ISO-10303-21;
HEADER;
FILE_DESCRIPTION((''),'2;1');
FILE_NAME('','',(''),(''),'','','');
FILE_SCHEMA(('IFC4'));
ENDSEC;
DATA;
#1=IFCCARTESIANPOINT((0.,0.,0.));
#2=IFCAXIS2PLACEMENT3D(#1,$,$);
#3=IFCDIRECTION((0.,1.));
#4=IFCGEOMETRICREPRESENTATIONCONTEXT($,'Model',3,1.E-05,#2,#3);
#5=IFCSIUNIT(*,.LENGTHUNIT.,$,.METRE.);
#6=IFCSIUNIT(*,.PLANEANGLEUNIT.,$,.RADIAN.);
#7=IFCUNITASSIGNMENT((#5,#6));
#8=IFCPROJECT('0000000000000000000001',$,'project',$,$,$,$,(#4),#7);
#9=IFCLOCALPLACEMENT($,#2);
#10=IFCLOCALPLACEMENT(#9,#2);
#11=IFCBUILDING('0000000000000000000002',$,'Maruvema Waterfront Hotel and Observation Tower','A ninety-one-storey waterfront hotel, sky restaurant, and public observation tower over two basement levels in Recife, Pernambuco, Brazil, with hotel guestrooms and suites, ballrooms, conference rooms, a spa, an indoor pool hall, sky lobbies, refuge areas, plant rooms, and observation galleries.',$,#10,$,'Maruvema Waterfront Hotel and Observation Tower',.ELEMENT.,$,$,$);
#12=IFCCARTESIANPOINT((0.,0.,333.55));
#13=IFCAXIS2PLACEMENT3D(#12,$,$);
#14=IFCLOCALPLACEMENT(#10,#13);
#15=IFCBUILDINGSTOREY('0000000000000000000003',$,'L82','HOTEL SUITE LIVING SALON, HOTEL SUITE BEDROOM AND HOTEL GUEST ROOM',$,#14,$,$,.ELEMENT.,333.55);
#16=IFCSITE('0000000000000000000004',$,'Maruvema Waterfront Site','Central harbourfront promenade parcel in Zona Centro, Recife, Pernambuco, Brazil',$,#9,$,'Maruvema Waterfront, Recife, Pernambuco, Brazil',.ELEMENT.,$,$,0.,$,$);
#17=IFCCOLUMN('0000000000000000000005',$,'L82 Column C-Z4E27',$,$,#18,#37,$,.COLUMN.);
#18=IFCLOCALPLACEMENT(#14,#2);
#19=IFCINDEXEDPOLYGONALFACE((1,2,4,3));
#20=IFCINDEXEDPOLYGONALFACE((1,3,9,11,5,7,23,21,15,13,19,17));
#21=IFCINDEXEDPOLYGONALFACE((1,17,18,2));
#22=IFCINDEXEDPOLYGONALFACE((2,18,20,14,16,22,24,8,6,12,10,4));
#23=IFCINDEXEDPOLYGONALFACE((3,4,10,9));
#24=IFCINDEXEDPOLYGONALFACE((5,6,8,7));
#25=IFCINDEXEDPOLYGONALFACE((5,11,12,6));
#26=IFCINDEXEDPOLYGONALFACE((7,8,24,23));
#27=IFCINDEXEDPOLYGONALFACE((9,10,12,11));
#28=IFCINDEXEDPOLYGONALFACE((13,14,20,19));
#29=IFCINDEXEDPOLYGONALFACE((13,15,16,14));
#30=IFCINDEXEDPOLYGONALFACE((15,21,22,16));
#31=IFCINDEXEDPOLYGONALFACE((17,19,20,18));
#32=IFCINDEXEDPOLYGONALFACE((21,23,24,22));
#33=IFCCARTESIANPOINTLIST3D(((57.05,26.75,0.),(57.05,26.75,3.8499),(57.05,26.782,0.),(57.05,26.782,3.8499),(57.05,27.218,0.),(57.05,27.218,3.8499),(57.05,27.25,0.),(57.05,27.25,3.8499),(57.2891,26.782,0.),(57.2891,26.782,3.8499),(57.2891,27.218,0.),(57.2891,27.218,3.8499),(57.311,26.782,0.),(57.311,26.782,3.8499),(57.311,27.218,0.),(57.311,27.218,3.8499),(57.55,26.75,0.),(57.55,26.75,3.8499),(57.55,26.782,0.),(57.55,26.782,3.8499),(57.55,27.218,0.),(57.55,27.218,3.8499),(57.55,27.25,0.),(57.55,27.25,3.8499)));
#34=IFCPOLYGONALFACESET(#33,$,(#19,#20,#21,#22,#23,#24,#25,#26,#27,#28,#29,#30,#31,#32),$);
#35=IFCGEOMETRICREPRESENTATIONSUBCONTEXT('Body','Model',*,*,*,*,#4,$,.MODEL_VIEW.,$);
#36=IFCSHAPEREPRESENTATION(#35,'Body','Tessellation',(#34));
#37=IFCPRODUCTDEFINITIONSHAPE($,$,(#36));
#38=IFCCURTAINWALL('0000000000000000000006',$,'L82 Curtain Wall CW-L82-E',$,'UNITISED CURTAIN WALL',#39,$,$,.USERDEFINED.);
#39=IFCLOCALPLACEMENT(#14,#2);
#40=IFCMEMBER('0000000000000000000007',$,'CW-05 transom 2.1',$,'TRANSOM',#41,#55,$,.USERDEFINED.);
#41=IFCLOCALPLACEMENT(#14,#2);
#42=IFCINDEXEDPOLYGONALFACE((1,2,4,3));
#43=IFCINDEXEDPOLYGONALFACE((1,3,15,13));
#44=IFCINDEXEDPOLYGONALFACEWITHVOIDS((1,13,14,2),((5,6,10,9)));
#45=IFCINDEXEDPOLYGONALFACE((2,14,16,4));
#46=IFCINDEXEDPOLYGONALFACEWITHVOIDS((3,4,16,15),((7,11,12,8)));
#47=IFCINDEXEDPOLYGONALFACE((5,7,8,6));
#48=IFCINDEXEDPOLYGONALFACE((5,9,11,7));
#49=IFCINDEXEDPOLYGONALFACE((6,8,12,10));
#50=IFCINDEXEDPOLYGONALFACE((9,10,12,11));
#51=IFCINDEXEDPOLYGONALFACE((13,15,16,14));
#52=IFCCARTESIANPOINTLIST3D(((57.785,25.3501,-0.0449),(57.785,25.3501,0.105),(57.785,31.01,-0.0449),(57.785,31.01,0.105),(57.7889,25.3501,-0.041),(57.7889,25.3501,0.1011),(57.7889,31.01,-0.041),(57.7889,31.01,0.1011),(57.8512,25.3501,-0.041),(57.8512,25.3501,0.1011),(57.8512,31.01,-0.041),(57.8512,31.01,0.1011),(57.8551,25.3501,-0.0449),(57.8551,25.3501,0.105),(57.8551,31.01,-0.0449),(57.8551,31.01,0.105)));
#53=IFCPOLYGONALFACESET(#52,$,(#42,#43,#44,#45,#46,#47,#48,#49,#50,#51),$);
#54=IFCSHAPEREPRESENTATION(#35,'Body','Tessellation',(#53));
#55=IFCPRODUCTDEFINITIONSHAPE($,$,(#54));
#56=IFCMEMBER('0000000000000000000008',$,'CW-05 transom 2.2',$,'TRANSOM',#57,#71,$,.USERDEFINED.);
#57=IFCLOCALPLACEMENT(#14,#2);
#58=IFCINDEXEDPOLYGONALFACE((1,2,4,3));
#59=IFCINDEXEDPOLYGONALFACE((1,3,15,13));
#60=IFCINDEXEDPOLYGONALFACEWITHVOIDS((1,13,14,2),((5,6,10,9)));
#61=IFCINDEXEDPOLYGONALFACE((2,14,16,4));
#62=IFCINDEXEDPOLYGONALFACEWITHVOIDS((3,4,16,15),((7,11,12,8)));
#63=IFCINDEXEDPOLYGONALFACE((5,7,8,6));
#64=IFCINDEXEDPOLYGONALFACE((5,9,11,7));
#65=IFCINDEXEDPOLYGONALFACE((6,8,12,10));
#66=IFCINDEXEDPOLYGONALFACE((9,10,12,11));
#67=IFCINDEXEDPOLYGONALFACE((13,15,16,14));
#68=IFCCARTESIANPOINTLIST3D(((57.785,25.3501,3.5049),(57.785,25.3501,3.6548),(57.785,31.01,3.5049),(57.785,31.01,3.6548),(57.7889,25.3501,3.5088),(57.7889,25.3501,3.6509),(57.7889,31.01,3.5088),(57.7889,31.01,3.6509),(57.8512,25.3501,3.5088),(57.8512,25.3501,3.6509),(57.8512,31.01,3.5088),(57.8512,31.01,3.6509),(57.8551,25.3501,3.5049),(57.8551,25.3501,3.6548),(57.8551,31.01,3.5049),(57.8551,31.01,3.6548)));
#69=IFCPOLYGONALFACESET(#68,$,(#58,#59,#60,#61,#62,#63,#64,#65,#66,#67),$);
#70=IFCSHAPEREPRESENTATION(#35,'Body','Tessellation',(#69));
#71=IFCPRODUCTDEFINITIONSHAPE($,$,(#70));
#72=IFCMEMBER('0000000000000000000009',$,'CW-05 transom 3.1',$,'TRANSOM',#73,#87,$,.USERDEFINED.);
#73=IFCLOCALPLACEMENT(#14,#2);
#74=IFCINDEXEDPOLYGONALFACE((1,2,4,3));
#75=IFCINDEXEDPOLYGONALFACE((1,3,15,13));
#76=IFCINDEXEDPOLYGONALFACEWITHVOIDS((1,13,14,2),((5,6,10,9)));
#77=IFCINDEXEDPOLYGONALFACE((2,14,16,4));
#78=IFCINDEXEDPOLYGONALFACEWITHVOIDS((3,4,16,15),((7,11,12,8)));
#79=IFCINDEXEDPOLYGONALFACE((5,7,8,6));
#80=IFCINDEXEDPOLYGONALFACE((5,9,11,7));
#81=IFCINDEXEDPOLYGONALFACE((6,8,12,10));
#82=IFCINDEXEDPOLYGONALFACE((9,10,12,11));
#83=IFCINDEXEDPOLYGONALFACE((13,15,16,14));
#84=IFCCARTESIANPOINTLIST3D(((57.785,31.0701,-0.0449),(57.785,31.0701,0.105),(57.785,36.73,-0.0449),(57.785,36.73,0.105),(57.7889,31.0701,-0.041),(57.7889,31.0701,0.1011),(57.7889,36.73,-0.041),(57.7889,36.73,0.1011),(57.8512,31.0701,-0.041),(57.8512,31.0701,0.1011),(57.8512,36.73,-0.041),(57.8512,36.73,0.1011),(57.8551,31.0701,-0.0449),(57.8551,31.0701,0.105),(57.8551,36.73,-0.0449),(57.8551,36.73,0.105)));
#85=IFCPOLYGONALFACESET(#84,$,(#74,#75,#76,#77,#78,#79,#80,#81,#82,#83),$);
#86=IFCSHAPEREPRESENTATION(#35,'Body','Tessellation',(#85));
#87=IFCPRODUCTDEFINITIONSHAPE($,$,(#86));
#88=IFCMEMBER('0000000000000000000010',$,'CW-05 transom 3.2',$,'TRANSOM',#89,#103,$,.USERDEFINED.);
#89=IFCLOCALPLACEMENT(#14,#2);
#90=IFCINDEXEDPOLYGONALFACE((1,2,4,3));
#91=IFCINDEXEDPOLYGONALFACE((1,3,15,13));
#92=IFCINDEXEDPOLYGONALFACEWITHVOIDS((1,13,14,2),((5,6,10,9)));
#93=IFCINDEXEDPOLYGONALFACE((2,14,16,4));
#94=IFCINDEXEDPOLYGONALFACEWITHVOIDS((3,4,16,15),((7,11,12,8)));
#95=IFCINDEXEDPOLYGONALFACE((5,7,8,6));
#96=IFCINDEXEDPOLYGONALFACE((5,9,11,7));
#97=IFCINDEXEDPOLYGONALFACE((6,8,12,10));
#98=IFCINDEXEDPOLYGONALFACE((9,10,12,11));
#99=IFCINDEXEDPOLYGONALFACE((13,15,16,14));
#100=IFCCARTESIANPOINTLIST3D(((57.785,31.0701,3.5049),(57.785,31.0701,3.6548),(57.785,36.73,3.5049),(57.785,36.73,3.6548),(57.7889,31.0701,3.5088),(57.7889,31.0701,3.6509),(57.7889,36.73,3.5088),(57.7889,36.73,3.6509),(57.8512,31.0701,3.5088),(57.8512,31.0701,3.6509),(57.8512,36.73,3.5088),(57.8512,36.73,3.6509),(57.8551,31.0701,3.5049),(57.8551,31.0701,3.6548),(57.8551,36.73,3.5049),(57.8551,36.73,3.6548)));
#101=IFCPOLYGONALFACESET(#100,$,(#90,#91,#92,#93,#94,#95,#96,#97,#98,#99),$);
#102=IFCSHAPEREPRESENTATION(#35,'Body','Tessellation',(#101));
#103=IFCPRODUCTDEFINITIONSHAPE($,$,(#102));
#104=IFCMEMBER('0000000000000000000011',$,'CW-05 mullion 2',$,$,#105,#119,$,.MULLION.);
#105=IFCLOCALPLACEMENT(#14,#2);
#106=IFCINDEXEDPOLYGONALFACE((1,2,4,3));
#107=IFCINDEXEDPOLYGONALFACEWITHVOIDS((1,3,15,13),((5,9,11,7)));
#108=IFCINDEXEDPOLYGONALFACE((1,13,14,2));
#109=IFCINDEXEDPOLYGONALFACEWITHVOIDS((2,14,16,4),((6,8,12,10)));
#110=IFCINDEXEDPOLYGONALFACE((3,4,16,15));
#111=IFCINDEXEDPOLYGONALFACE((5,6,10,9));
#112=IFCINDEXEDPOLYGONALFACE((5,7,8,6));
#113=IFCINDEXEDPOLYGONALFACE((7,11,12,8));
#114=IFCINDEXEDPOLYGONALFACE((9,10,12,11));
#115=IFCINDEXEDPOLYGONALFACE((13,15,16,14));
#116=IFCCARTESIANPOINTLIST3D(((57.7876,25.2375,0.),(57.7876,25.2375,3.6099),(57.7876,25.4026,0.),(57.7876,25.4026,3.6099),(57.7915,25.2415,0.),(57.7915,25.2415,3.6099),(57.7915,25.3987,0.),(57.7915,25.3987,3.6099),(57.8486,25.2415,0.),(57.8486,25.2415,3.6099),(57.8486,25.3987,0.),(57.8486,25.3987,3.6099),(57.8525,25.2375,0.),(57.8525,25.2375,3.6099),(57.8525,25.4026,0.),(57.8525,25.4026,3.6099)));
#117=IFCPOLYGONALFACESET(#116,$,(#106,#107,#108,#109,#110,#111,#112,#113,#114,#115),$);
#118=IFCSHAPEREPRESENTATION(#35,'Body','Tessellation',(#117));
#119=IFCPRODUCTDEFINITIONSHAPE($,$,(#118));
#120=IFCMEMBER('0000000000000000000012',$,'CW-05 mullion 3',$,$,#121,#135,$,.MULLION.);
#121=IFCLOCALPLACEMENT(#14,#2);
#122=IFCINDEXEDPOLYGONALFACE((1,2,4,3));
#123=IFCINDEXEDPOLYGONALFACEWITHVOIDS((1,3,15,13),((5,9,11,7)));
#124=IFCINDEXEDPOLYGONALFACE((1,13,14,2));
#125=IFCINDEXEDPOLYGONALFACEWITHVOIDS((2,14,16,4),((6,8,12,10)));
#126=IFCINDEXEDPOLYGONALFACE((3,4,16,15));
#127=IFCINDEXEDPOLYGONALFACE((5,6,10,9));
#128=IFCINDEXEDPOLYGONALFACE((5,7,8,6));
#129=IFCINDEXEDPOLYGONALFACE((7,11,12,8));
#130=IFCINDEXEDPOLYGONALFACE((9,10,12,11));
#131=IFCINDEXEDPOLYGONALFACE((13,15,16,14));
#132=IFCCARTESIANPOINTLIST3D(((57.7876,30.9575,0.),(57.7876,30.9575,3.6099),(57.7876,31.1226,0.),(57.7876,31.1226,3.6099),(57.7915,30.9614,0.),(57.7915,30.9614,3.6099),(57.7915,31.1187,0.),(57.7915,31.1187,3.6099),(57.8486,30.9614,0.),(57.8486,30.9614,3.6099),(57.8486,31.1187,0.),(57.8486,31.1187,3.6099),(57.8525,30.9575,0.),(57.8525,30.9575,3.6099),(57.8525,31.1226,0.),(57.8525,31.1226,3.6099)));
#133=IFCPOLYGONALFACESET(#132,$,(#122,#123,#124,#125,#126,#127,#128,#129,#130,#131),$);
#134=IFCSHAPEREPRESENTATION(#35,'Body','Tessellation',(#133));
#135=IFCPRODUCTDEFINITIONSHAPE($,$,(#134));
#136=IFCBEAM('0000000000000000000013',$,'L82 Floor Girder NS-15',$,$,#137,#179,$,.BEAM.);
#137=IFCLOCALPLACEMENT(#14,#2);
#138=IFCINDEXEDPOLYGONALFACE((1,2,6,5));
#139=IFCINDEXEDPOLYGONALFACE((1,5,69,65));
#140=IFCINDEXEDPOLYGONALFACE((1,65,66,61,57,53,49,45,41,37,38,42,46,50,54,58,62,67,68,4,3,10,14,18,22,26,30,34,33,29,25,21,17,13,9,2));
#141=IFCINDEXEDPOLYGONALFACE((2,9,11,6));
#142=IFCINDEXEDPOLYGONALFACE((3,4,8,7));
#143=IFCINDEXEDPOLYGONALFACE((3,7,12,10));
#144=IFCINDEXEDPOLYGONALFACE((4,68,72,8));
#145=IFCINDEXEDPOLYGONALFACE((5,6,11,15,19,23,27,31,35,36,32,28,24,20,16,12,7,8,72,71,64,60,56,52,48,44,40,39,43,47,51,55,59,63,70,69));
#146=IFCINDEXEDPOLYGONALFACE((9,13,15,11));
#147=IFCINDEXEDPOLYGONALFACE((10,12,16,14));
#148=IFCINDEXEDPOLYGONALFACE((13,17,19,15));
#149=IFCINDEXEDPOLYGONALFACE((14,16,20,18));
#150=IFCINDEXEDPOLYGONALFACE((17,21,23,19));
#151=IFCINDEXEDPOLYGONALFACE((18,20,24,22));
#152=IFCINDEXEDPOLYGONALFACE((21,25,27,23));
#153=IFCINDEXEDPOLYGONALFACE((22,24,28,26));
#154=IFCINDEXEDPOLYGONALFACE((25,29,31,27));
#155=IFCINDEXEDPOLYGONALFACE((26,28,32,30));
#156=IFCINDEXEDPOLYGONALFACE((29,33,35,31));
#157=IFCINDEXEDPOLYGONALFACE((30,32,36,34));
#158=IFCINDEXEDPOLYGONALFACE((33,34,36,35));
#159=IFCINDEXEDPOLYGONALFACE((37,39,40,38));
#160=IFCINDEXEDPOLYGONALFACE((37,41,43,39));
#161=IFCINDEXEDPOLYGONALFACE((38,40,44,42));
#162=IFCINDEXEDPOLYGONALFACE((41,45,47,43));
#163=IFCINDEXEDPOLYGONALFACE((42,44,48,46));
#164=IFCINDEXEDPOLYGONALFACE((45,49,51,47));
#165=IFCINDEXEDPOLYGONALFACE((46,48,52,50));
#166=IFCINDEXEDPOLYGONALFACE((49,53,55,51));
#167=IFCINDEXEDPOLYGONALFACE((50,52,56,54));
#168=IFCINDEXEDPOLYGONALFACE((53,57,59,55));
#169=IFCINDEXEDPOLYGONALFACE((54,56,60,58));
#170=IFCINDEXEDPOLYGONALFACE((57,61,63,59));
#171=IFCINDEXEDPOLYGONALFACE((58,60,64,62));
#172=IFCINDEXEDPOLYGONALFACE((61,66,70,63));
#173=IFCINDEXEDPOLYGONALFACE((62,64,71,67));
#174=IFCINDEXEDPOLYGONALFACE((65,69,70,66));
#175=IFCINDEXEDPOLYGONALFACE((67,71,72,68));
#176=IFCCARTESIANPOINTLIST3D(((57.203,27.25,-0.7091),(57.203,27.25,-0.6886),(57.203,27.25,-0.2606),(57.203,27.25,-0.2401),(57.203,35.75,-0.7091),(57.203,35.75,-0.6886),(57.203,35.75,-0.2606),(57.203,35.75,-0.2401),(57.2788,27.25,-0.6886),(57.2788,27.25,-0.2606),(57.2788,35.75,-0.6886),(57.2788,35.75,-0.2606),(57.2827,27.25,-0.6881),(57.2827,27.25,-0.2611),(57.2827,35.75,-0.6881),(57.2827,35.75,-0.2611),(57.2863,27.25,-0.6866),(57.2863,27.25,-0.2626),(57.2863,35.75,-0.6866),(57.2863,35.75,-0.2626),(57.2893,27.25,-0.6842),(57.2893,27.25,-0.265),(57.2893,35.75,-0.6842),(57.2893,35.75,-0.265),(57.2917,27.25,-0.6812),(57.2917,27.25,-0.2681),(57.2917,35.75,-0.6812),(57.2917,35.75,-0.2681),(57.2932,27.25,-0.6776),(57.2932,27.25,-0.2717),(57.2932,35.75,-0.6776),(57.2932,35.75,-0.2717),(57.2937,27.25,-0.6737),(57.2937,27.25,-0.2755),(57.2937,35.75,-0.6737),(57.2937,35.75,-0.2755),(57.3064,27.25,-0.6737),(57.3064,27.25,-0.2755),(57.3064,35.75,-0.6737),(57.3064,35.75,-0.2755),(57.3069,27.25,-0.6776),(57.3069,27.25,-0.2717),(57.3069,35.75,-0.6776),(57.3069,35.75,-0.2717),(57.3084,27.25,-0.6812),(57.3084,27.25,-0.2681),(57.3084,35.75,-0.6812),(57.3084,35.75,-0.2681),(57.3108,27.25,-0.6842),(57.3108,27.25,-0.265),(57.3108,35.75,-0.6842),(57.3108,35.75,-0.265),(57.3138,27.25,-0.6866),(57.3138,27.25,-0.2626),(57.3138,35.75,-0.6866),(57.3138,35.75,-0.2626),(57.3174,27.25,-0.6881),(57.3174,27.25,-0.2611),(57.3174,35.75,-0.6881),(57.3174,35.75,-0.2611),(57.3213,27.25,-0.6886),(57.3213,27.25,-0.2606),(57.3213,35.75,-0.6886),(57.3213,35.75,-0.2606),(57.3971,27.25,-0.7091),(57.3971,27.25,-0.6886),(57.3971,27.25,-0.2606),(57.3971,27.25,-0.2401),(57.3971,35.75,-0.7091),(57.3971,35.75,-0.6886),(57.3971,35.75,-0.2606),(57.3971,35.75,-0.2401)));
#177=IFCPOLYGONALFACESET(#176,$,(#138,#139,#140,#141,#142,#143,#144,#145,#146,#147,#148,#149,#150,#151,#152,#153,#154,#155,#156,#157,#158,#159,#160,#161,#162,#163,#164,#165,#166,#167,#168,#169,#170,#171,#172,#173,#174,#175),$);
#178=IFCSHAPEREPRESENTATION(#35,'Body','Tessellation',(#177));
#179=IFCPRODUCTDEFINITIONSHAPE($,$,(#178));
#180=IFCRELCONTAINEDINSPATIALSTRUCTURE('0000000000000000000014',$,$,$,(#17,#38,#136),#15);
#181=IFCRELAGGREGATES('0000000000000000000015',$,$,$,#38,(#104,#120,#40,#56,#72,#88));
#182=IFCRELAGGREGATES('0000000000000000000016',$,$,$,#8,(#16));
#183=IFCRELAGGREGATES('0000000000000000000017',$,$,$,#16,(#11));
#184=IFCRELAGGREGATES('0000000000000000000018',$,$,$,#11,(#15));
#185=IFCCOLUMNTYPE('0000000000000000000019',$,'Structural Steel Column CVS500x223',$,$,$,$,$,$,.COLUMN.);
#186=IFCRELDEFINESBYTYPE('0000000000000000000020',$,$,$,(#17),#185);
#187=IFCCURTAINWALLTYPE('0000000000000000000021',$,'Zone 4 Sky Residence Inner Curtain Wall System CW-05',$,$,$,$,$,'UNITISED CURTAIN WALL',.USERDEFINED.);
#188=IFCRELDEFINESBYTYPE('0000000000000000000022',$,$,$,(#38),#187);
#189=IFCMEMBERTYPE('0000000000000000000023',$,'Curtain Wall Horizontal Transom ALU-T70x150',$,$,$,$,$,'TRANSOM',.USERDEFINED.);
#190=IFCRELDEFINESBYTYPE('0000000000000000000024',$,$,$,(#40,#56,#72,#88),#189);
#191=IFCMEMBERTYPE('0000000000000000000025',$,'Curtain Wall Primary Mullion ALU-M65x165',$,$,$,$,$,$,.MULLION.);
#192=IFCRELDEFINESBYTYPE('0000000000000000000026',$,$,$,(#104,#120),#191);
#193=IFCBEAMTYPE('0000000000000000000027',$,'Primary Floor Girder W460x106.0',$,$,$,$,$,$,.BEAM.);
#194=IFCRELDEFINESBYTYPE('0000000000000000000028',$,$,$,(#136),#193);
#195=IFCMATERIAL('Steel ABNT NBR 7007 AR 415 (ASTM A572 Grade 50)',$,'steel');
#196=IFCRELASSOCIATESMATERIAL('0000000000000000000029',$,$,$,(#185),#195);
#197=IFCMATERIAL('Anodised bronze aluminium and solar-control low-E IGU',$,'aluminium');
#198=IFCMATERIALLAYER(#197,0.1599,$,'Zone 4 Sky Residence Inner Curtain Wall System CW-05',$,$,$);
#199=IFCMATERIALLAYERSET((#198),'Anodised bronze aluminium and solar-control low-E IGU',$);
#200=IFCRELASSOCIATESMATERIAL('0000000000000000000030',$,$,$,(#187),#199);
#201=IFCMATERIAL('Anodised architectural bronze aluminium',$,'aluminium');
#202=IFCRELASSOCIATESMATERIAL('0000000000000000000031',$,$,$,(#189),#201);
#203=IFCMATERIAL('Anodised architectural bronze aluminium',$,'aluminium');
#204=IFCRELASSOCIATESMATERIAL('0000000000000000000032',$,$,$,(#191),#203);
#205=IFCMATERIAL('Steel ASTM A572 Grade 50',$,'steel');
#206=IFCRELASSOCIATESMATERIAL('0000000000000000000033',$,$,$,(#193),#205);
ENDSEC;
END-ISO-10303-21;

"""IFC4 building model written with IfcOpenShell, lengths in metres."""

from ifc_helpers import new_model, si_unit, direction, frame, origin, origin_2d, place, context, subcontext, project, spatial, hollow_rectangle, i_section, extrude, material, layer, layer_set, material_profile, profile_set, type_object, element, aggregate, save


model = new_model("IFC4")

# Units and contexts
model_context = context("Model", 3, precision=1e-05, world=origin(), true_north=direction((0.0, 1.0)))
body_context = subcontext(model_context, "Body", "Model", "MODEL_VIEW")
ifc_project = project(units=[si_unit("LENGTHUNIT", "METRE"), si_unit("PLANEANGLEUNIT", "RADIAN")], contexts=[model_context])

# Site, building, storey
site_placement = place(None, origin())
site = spatial("IfcSite", under=ifc_project, at=site_placement, Name="Maruvema Waterfront Site", Description="Central harbourfront promenade parcel in Zona Centro, Recife, Pernambuco, Brazil", LongName="Maruvema Waterfront, Recife, Pernambuco, Brazil", CompositionType="ELEMENT", RefElevation=0.0)
building_placement = place(site_placement, origin())
building = spatial("IfcBuilding", under=site, at=building_placement, Name="Maruvema Waterfront Hotel and Observation Tower", Description="A ninety-one-storey waterfront hotel, sky restaurant, and public observation tower over two basement levels in Recife, Pernambuco, Brazil, with hotel guestrooms and suites, ballrooms, conference rooms, a spa, an indoor pool hall, sky lobbies, refuge areas, plant rooms, and observation galleries.", LongName="Maruvema Waterfront Hotel and Observation Tower", CompositionType="ELEMENT")
storey_placement = place(building_placement, frame((0.0, 0.0, 333.55)))
storey = spatial("IfcBuildingStorey", under=building, at=storey_placement, Name="L82", Description="HOTEL SUITE LIVING SALON, HOTEL SUITE BEDROOM AND HOTEL GUEST ROOM", CompositionType="ELEMENT", Elevation=333.55)

# Column
ifc_material_1 = material(Name="Steel ABNT NBR 7007 AR 415 (ASTM A572 Grade 50)", Category="steel")
ifc_material_profile_1 = material_profile(ifc_material_1, i_section(OverallWidth=0.5, OverallDepth=0.5, WebThickness=0.022, FlangeThickness=0.032, at=origin_2d()), Name="CVS500x223")
ifc_profile_set_1 = profile_set([ifc_material_profile_1], Name="Steel ABNT NBR 7007 AR 415 (ASTM A572 Grade 50)")
column_type = type_object("IfcColumnType", Name="Structural Steel Column CVS500x223", PredefinedType="COLUMN", material=ifc_profile_set_1)
column_placement = place(storey_placement, frame((57.3, 27.0, 0.0), z_axis=(0.0, 0.0, 1.0), x_axis=(1.0, 0.0, 0.0)))
element("IfcColumn", 1, at=column_placement, inside=storey, type_object=column_type, Name="L82 Column C-Z4E27", PredefinedType="COLUMN", context=body_context, shape_type="SweptSolid", body=[
    extrude(i_section(OverallWidth=0.5, OverallDepth=0.5, WebThickness=0.022, FlangeThickness=0.032, at=origin_2d()), origin(), (0.0, 0.0, 1.0), 3.8499),
])

# Curtain wall, members
ifc_material_2 = material(Name="Anodised bronze aluminium and solar-control low-E IGU", Category="aluminium")
ifc_layer_1 = layer(ifc_material_2, 0.1599, Name="Zone 4 Sky Residence Inner Curtain Wall System CW-05")
ifc_layer_set_1 = layer_set([ifc_layer_1], Name="Anodised bronze aluminium and solar-control low-E IGU")
curtain_wall_type = type_object("IfcCurtainWallType", Name="Zone 4 Sky Residence Inner Curtain Wall System CW-05", ElementType="UNITISED CURTAIN WALL", PredefinedType="USERDEFINED", material=ifc_layer_set_1)
curtain_wall_placement = place(storey_placement, origin())
curtain_wall = element("IfcCurtainWall", 2, at=curtain_wall_placement, inside=storey, type_object=curtain_wall_type, Name="L82 Curtain Wall CW-L82-E", ObjectType="UNITISED CURTAIN WALL", PredefinedType="USERDEFINED")
ifc_material_3 = material(Name="Anodised architectural bronze aluminium", Category="aluminium")
ifc_material_profile_2 = material_profile(ifc_material_3, hollow_rectangle(XDim=0.0701, YDim=0.1499, WallThickness=0.0039, at=origin_2d()), Name="ALU-T70x150")
ifc_profile_set_2 = profile_set([ifc_material_profile_2], Name="Anodised architectural bronze aluminium")
member_type_1 = type_object("IfcMemberType", Name="Curtain Wall Horizontal Transom ALU-T70x150", ElementType="TRANSOM", PredefinedType="USERDEFINED", material=ifc_profile_set_2)
member_1_placement = place(storey_placement, frame((57.8201, 25.3501, 0.03), z_axis=(0.0, 1.0, 0.0), x_axis=(-1.0, 0.0, 0.0)))
member_1 = element("IfcMember", 3, at=member_1_placement, type_object=member_type_1, Name="CW-05 transom 2.1", ObjectType="TRANSOM", PredefinedType="USERDEFINED", context=body_context, shape_type="SweptSolid", body=[
    extrude(hollow_rectangle(XDim=0.0701, YDim=0.1499, WallThickness=0.0039, at=origin_2d()), origin(), (0.0, 0.0, 1.0), 5.6599),
])
member_2_placement = place(storey_placement, frame((57.8201, 25.3501, 3.5798), z_axis=(0.0, 1.0, 0.0), x_axis=(-1.0, 0.0, 0.0)))
member_2 = element("IfcMember", 4, at=member_2_placement, type_object=member_type_1, Name="CW-05 transom 2.2", ObjectType="TRANSOM", PredefinedType="USERDEFINED", context=body_context, shape_type="SweptSolid", body=[
    extrude(hollow_rectangle(XDim=0.0701, YDim=0.1499, WallThickness=0.0039, at=origin_2d()), origin(), (0.0, 0.0, 1.0), 5.6599),
])
member_3_placement = place(storey_placement, frame((57.8201, 31.0701, 0.03), z_axis=(0.0, 1.0, 0.0), x_axis=(-1.0, 0.0, 0.0)))
member_3 = element("IfcMember", 5, at=member_3_placement, type_object=member_type_1, Name="CW-05 transom 3.1", ObjectType="TRANSOM", PredefinedType="USERDEFINED", context=body_context, shape_type="SweptSolid", body=[
    extrude(hollow_rectangle(XDim=0.0701, YDim=0.1499, WallThickness=0.0039, at=origin_2d()), origin(), (0.0, 0.0, 1.0), 5.6599),
])
member_4_placement = place(storey_placement, frame((57.8201, 31.0701, 3.5798), z_axis=(0.0, 1.0, 0.0), x_axis=(-1.0, 0.0, 0.0)))
member_4 = element("IfcMember", 6, at=member_4_placement, type_object=member_type_1, Name="CW-05 transom 3.2", ObjectType="TRANSOM", PredefinedType="USERDEFINED", context=body_context, shape_type="SweptSolid", body=[
    extrude(hollow_rectangle(XDim=0.0701, YDim=0.1499, WallThickness=0.0039, at=origin_2d()), origin(), (0.0, 0.0, 1.0), 5.6599),
])
ifc_material_4 = material(Name="Anodised architectural bronze aluminium", Category="aluminium")
ifc_material_profile_3 = material_profile(ifc_material_4, hollow_rectangle(XDim=0.0649, YDim=0.165, WallThickness=0.0039, at=origin_2d()), Name="ALU-M65x165")
ifc_profile_set_3 = profile_set([ifc_material_profile_3], Name="Anodised architectural bronze aluminium")
member_type_2 = type_object("IfcMemberType", Name="Curtain Wall Primary Mullion ALU-M65x165", PredefinedType="MULLION", material=ifc_profile_set_3)
member_5_placement = place(storey_placement, frame((57.8201, 25.3201, 0.0), z_axis=(0.0, 0.0, 1.0), x_axis=(-1.0, 0.0, 0.0)))
member_5 = element("IfcMember", 7, at=member_5_placement, type_object=member_type_2, Name="CW-05 mullion 2", PredefinedType="MULLION", context=body_context, shape_type="SweptSolid", body=[
    extrude(hollow_rectangle(XDim=0.0649, YDim=0.165, WallThickness=0.0039, at=origin_2d()), origin(), (0.0, 0.0, 1.0), 3.6099),
])
member_6_placement = place(storey_placement, frame((57.8201, 31.04, 0.0), z_axis=(0.0, 0.0, 1.0), x_axis=(-1.0, 0.0, 0.0)))
member_6 = element("IfcMember", 8, at=member_6_placement, type_object=member_type_2, Name="CW-05 mullion 3", PredefinedType="MULLION", context=body_context, shape_type="SweptSolid", body=[
    extrude(hollow_rectangle(XDim=0.0649, YDim=0.165, WallThickness=0.0039, at=origin_2d()), origin(), (0.0, 0.0, 1.0), 3.6099),
])

# Beam
ifc_material_5 = material(Name="Steel ASTM A572 Grade 50", Category="steel")
ifc_material_profile_4 = material_profile(ifc_material_5, i_section(OverallWidth=0.1941, OverallDepth=0.469, WebThickness=0.0127, FlangeThickness=0.0205, FilletRadius=0.0149, at=origin_2d()), Name="W460x106.0")
ifc_profile_set_4 = profile_set([ifc_material_profile_4], Name="Steel ASTM A572 Grade 50")
beam_type_1 = type_object("IfcBeamType", Name="Primary Floor Girder W460x106.0", PredefinedType="BEAM", material=ifc_profile_set_4)
beam_1_placement = place(storey_placement, frame((57.3, 27.25, -0.4746), z_axis=(0.0, 1.0, 0.0), x_axis=(-1.0, 0.0, 0.0)))
element("IfcBeam", 9, at=beam_1_placement, inside=storey, type_object=beam_type_1, Name="L82 Floor Girder NS-15", PredefinedType="BEAM", context=body_context, shape_type="SweptSolid", body=[
    extrude(i_section(OverallWidth=0.1941, OverallDepth=0.469, WebThickness=0.0127, FlangeThickness=0.0205, FilletRadius=0.0149, at=origin_2d()), origin(), (0.0, 0.0, 1.0), 8.5),
])

aggregate(curtain_wall, [member_5, member_6, member_1, member_2, member_3, member_4])

save(model, "model.ifc")
